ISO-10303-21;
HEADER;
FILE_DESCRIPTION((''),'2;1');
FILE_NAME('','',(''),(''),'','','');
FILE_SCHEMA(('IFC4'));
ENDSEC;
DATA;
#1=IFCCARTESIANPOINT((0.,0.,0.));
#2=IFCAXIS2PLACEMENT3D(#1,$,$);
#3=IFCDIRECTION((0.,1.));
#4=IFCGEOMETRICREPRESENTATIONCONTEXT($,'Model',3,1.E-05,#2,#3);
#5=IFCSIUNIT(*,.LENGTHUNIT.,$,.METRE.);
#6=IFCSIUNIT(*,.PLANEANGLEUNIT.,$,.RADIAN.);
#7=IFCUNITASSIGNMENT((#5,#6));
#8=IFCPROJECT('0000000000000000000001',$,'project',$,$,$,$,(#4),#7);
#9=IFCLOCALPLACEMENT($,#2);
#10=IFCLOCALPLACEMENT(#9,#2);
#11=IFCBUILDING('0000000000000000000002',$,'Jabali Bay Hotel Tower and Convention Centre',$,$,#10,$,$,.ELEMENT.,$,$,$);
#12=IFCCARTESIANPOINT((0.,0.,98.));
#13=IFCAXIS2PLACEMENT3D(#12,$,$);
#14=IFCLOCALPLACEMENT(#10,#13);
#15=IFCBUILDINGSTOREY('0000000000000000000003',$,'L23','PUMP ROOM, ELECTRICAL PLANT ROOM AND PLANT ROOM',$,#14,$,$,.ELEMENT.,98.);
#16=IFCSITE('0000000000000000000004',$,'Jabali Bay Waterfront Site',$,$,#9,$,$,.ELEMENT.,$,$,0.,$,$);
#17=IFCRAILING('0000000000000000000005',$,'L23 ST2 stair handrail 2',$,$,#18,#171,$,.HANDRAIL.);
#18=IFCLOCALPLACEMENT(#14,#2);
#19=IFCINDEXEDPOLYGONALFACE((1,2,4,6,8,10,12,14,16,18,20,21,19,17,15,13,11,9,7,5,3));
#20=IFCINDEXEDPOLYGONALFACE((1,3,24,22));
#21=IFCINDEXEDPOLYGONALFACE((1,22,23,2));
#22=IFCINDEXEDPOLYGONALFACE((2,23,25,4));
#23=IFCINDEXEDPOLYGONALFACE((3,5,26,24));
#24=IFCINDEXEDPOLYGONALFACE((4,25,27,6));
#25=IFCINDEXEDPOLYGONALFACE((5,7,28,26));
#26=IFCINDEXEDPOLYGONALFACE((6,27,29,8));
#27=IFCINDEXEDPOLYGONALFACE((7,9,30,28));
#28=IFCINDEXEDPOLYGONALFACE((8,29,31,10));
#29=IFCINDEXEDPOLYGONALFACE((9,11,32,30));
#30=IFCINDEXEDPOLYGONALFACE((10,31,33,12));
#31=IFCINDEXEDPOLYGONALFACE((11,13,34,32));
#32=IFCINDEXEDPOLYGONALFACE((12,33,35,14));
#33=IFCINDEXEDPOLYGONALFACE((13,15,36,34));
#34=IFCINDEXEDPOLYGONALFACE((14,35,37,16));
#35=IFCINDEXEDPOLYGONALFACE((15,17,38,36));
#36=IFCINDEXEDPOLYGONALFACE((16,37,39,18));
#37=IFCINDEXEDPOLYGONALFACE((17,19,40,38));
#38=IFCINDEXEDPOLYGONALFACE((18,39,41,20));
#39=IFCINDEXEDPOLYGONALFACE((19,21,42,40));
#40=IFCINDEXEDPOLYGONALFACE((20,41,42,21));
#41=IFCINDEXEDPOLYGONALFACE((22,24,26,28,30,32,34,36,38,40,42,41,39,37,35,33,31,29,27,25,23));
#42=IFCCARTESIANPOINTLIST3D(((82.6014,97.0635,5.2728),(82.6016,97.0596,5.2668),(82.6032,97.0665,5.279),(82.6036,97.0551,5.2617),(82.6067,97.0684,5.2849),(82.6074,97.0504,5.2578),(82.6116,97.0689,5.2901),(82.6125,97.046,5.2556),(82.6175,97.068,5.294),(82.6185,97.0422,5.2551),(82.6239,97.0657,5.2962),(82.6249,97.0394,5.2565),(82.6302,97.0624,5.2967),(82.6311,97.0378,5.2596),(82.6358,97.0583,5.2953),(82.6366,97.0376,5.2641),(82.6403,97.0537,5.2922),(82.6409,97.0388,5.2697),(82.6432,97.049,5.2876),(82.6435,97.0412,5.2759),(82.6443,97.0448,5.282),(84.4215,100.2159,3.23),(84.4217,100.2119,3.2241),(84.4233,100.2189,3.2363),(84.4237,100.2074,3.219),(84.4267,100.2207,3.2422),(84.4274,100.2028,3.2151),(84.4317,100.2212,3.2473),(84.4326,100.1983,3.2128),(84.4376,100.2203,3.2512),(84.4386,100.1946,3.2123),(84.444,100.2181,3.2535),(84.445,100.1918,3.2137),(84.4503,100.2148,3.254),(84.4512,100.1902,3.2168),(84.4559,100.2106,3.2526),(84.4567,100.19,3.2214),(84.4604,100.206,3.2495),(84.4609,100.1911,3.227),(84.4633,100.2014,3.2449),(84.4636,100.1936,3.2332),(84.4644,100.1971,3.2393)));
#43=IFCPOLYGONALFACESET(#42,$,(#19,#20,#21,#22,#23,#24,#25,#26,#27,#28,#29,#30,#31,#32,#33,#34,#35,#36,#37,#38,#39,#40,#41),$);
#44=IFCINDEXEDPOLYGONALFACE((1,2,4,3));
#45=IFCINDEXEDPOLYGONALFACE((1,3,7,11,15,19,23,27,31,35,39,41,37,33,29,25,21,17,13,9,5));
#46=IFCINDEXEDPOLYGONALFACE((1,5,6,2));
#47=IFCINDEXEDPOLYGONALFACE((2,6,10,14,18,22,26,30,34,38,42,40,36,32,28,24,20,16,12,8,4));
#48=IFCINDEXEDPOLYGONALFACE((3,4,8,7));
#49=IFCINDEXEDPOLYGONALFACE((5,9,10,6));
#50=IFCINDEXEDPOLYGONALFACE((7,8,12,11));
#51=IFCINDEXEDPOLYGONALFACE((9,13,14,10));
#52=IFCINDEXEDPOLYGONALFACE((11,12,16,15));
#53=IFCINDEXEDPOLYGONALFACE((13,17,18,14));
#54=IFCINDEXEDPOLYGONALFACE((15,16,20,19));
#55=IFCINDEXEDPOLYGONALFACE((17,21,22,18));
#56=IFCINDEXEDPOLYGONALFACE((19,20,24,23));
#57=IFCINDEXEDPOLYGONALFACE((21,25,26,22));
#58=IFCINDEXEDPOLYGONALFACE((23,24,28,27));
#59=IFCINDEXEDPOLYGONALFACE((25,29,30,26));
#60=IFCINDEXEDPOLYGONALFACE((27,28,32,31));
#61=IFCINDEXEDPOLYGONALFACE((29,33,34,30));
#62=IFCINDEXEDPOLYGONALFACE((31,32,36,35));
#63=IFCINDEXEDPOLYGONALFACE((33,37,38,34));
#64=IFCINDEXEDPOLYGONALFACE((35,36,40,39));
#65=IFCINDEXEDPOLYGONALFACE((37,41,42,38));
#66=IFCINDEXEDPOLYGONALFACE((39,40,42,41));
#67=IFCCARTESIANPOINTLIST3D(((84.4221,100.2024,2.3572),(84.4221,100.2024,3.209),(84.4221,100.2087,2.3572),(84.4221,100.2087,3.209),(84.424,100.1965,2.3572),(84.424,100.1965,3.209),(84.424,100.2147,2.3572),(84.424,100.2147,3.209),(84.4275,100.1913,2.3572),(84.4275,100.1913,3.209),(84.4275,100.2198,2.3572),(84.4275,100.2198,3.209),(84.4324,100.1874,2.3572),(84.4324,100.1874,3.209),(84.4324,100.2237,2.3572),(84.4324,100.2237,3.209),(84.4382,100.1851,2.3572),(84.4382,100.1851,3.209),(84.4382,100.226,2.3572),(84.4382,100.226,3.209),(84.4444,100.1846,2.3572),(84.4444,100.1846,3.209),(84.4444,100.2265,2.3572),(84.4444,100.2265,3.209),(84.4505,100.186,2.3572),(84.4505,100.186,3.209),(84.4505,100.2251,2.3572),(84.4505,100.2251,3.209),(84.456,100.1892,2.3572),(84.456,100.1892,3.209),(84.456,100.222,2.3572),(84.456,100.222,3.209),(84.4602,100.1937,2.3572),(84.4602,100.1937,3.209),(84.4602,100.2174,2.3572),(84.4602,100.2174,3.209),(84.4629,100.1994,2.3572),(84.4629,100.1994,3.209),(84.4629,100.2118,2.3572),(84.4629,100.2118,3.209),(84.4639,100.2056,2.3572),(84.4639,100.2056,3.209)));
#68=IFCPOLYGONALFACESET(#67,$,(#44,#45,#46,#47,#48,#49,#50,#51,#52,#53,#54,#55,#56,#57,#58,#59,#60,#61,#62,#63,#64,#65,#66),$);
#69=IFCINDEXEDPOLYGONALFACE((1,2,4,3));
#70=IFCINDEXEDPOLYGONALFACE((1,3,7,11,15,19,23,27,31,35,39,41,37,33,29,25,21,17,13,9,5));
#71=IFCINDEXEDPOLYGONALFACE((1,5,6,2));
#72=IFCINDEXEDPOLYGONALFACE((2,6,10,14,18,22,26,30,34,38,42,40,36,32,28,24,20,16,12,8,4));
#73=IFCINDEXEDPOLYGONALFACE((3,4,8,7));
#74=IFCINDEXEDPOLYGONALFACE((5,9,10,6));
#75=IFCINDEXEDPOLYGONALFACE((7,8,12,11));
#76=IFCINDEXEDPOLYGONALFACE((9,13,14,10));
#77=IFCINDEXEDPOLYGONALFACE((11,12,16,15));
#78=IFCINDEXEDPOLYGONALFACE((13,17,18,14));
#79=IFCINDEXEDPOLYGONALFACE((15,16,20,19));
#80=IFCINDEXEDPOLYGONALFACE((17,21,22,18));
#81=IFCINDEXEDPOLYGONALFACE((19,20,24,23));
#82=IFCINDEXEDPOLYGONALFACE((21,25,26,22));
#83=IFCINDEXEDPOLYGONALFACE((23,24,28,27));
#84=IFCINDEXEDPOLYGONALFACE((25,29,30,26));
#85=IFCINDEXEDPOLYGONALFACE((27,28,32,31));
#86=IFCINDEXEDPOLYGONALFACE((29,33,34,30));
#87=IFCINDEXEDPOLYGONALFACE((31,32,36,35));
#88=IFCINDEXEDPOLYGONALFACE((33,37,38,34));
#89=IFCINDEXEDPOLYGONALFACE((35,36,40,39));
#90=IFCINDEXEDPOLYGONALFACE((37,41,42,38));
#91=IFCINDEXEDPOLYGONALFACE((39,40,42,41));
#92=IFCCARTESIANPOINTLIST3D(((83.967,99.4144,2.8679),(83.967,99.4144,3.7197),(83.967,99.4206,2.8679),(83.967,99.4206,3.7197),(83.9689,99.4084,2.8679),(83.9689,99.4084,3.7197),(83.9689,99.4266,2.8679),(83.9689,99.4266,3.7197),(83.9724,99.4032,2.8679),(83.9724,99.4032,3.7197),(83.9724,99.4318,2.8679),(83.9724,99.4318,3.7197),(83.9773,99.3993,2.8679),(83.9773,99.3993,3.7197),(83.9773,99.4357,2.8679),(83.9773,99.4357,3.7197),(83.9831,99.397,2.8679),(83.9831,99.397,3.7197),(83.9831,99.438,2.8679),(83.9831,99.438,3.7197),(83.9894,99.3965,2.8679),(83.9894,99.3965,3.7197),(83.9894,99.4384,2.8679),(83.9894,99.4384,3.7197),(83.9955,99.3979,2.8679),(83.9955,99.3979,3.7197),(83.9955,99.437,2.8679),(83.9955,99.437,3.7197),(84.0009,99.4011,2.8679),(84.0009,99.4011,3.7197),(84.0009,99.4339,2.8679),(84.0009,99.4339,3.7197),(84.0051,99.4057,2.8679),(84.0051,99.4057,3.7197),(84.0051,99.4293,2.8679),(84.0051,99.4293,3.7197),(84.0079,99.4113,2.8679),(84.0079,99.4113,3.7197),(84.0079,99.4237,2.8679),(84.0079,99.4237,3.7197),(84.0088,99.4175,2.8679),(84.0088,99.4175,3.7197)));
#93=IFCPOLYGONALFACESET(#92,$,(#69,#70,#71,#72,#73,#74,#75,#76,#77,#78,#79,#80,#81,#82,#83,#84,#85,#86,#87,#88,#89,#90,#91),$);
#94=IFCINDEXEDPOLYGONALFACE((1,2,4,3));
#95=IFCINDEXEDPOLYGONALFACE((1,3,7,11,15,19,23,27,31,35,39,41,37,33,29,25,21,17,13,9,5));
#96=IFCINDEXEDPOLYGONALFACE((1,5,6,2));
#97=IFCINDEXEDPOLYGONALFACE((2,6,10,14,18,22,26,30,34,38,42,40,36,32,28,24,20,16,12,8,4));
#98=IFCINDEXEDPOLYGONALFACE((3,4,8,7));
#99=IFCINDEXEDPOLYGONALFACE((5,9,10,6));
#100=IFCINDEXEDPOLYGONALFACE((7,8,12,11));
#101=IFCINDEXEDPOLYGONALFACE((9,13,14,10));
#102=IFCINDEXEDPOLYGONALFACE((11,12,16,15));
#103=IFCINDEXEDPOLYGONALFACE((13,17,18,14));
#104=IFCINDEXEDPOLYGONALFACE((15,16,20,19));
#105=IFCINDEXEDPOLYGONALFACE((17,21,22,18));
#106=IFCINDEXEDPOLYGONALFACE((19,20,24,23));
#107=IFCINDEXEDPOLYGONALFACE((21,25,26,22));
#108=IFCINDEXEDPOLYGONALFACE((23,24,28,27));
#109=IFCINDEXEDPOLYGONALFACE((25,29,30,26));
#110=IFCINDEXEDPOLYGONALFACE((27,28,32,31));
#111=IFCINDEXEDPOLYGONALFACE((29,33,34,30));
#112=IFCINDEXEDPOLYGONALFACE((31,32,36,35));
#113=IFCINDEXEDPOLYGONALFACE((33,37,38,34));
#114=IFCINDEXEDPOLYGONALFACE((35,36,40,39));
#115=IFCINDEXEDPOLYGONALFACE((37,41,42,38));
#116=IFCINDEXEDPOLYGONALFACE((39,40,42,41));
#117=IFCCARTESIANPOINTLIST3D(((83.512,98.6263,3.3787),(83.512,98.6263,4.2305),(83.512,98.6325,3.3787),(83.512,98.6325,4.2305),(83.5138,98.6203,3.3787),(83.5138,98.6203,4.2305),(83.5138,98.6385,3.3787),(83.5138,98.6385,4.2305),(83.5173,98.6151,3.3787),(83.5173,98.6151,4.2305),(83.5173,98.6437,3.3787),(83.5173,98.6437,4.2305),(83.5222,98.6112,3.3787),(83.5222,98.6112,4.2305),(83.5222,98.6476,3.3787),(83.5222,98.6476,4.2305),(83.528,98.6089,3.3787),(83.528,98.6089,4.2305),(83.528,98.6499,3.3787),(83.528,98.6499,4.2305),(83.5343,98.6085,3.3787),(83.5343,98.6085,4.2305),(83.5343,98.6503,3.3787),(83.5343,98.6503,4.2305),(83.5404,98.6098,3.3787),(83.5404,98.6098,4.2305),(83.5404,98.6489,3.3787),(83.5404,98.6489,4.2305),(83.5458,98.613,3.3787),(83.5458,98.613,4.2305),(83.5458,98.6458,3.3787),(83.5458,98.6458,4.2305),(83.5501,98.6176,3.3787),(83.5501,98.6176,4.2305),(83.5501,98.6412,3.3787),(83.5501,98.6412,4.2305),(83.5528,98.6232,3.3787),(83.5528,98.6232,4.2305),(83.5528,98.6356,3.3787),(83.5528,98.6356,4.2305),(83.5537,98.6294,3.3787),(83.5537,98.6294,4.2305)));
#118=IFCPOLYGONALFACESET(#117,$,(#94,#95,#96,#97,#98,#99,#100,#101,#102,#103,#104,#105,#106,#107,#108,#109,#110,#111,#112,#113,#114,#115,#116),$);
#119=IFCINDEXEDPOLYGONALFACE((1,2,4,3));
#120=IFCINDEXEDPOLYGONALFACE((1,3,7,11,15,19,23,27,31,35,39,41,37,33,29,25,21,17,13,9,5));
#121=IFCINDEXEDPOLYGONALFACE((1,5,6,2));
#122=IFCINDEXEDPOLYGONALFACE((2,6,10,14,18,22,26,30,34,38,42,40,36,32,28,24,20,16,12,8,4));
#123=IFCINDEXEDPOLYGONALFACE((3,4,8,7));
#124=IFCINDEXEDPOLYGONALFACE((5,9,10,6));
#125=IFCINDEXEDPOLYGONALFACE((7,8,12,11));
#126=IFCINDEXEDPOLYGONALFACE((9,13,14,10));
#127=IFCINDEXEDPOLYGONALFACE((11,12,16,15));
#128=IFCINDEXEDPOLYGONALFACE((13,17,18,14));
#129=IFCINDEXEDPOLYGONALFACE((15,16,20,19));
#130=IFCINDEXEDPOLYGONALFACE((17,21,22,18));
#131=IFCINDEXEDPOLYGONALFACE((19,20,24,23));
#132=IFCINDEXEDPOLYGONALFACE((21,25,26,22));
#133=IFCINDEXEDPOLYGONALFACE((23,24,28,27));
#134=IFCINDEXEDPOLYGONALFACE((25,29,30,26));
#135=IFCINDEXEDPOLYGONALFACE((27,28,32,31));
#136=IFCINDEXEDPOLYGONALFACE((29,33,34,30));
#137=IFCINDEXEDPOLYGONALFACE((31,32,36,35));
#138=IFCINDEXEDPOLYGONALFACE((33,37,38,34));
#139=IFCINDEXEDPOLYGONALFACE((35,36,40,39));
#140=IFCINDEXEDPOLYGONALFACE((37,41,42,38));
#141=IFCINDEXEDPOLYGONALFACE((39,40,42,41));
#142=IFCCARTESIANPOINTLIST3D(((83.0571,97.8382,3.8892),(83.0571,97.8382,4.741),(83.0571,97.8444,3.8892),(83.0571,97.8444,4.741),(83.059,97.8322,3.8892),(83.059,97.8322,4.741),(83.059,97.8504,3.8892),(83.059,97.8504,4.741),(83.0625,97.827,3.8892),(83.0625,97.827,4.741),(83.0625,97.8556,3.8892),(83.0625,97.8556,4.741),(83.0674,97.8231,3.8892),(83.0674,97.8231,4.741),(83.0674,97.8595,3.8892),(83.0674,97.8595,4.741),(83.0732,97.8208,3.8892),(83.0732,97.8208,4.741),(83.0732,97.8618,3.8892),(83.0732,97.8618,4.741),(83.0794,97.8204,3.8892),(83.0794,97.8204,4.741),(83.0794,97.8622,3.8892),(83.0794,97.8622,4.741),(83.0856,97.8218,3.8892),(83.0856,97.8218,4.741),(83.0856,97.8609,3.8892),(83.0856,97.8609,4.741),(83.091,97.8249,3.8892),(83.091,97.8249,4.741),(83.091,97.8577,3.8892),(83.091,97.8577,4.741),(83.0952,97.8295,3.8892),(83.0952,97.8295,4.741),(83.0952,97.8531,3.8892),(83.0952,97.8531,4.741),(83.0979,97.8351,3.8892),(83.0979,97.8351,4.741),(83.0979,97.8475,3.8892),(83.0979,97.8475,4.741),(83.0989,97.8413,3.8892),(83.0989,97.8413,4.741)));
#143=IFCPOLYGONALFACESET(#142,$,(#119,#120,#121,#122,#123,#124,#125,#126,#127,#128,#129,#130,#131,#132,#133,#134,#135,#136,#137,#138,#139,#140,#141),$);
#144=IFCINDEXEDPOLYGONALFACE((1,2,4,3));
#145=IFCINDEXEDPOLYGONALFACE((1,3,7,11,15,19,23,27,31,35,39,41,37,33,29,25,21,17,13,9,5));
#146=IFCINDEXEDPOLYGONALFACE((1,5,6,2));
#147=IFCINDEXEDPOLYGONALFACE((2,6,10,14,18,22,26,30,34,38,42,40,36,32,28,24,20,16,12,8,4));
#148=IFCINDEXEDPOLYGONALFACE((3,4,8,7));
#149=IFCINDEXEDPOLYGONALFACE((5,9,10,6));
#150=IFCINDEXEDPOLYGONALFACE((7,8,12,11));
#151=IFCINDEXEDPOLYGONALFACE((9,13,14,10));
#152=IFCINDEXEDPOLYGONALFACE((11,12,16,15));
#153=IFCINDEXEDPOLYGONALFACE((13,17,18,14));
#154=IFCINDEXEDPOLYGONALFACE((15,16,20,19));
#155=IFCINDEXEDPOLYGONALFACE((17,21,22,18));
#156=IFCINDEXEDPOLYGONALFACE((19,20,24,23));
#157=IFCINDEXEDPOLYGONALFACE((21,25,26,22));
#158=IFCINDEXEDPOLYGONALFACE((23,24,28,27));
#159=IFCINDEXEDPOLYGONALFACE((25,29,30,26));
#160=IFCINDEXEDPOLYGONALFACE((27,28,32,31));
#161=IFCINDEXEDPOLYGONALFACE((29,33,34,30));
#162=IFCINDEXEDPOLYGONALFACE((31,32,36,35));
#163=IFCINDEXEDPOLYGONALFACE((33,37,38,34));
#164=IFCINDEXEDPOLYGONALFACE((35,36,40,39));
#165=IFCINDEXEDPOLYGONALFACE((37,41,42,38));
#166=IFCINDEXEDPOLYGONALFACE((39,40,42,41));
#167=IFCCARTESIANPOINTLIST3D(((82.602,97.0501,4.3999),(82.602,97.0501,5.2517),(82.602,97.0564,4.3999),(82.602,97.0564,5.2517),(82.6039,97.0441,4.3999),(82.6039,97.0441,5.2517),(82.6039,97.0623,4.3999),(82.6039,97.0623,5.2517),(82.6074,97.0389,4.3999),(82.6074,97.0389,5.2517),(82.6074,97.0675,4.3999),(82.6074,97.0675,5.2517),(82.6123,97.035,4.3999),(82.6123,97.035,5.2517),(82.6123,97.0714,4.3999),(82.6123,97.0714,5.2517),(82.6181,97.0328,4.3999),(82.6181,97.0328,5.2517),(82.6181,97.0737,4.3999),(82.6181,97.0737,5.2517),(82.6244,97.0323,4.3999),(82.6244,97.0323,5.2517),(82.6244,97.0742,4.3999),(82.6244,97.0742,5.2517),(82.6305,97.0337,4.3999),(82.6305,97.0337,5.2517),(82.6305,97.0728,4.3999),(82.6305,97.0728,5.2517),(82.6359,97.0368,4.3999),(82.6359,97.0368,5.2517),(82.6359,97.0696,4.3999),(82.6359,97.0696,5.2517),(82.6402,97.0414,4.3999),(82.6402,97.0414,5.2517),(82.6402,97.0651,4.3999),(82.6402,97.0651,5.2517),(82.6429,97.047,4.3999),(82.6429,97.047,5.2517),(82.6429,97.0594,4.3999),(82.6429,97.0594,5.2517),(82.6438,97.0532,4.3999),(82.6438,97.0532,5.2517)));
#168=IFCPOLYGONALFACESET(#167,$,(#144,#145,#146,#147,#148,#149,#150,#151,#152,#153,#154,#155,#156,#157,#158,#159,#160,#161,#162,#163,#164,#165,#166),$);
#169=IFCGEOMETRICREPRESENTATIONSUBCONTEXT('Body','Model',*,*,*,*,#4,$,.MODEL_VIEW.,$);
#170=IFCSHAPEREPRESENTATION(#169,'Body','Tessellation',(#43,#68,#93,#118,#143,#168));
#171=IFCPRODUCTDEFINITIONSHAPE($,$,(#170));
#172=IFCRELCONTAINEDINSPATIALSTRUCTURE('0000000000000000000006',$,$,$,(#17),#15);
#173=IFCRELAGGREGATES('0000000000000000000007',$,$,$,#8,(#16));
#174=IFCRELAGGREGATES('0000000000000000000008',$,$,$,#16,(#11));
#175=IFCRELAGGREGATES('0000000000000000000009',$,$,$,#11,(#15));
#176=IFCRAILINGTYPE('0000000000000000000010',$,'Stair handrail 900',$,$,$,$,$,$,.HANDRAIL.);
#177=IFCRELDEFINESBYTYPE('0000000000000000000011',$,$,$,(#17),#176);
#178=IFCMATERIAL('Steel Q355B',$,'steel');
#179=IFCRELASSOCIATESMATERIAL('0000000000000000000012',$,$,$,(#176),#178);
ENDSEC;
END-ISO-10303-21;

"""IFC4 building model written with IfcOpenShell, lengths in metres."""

from ifc_helpers import new_model, si_unit, direction, frame, origin, origin_2d, place, context, subcontext, project, spatial, circle, extrude, material, type_object, element, save


model = new_model("IFC4")

# Units and contexts
model_context = context("Model", 3, precision=1e-05, world=origin(), true_north=direction((0.0, 1.0)))
body_context = subcontext(model_context, "Body", "Model", "MODEL_VIEW")
ifc_project = project(units=[si_unit("LENGTHUNIT", "METRE"), si_unit("PLANEANGLEUNIT", "RADIAN")], contexts=[model_context])

# Site, building, storey
site_placement = place(None, origin())
site = spatial("IfcSite", under=ifc_project, at=site_placement, Name="Jabali Bay Waterfront Site", CompositionType="ELEMENT", RefElevation=0.0)
building_placement = place(site_placement, origin())
building = spatial("IfcBuilding", under=site, at=building_placement, Name="Jabali Bay Hotel Tower and Convention Centre", CompositionType="ELEMENT")
storey_placement = place(building_placement, frame((0.0, 0.0, 98.0)))
storey = spatial("IfcBuildingStorey", under=building, at=storey_placement, Name="L23", Description="PUMP ROOM, ELECTRICAL PLANT ROOM AND PLANT ROOM", CompositionType="ELEMENT", Elevation=98.0)

# Railing
ifc_material_1 = material(Name="Steel Q355B", Category="steel")
railing_type_1 = type_object("IfcRailingType", Name="Stair handrail 900", PredefinedType="HANDRAIL", material=ifc_material_1)
railing_1_placement = place(storey_placement, frame((84.4429, 100.2056, 2.3572)))
element("IfcRailing", 1, at=railing_1_placement, inside=storey, type_object=railing_type_1, Name="L23 ST2 stair handrail 2", PredefinedType="HANDRAIL", context=body_context, shape_type="SweptSolid", body=[
    extrude(circle(Radius=0.0239, at=origin_2d()), frame((0.0, 0.0, 0.876), z_axis=(-0.436044, -0.755225, 0.489387), x_axis=(0.866018, -0.500013, 0.0)), (0.0, 0.0, 1.0), 4.1741),
    extrude(circle(Radius=0.021, at=origin_2d()), origin(), (0.0, 0.0, 1.0), 0.8518),
    extrude(circle(Radius=0.021, at=origin_2d()), frame((-0.4551, -0.7881, 0.5107)), (0.0, 0.0, 1.0), 0.8518),
    extrude(circle(Radius=0.021, at=origin_2d()), frame((-0.9102, -1.5762, 1.0215)), (0.0, 0.0, 1.0), 0.8518),
    extrude(circle(Radius=0.021, at=origin_2d()), frame((-1.365, -2.3643, 1.532)), (0.0, 0.0, 1.0), 0.8518),
    extrude(circle(Radius=0.021, at=origin_2d()), frame((-1.8201, -3.1523, 2.0427)), (0.0, 0.0, 1.0), 0.8518),
])

save(model, "model.ifc")
